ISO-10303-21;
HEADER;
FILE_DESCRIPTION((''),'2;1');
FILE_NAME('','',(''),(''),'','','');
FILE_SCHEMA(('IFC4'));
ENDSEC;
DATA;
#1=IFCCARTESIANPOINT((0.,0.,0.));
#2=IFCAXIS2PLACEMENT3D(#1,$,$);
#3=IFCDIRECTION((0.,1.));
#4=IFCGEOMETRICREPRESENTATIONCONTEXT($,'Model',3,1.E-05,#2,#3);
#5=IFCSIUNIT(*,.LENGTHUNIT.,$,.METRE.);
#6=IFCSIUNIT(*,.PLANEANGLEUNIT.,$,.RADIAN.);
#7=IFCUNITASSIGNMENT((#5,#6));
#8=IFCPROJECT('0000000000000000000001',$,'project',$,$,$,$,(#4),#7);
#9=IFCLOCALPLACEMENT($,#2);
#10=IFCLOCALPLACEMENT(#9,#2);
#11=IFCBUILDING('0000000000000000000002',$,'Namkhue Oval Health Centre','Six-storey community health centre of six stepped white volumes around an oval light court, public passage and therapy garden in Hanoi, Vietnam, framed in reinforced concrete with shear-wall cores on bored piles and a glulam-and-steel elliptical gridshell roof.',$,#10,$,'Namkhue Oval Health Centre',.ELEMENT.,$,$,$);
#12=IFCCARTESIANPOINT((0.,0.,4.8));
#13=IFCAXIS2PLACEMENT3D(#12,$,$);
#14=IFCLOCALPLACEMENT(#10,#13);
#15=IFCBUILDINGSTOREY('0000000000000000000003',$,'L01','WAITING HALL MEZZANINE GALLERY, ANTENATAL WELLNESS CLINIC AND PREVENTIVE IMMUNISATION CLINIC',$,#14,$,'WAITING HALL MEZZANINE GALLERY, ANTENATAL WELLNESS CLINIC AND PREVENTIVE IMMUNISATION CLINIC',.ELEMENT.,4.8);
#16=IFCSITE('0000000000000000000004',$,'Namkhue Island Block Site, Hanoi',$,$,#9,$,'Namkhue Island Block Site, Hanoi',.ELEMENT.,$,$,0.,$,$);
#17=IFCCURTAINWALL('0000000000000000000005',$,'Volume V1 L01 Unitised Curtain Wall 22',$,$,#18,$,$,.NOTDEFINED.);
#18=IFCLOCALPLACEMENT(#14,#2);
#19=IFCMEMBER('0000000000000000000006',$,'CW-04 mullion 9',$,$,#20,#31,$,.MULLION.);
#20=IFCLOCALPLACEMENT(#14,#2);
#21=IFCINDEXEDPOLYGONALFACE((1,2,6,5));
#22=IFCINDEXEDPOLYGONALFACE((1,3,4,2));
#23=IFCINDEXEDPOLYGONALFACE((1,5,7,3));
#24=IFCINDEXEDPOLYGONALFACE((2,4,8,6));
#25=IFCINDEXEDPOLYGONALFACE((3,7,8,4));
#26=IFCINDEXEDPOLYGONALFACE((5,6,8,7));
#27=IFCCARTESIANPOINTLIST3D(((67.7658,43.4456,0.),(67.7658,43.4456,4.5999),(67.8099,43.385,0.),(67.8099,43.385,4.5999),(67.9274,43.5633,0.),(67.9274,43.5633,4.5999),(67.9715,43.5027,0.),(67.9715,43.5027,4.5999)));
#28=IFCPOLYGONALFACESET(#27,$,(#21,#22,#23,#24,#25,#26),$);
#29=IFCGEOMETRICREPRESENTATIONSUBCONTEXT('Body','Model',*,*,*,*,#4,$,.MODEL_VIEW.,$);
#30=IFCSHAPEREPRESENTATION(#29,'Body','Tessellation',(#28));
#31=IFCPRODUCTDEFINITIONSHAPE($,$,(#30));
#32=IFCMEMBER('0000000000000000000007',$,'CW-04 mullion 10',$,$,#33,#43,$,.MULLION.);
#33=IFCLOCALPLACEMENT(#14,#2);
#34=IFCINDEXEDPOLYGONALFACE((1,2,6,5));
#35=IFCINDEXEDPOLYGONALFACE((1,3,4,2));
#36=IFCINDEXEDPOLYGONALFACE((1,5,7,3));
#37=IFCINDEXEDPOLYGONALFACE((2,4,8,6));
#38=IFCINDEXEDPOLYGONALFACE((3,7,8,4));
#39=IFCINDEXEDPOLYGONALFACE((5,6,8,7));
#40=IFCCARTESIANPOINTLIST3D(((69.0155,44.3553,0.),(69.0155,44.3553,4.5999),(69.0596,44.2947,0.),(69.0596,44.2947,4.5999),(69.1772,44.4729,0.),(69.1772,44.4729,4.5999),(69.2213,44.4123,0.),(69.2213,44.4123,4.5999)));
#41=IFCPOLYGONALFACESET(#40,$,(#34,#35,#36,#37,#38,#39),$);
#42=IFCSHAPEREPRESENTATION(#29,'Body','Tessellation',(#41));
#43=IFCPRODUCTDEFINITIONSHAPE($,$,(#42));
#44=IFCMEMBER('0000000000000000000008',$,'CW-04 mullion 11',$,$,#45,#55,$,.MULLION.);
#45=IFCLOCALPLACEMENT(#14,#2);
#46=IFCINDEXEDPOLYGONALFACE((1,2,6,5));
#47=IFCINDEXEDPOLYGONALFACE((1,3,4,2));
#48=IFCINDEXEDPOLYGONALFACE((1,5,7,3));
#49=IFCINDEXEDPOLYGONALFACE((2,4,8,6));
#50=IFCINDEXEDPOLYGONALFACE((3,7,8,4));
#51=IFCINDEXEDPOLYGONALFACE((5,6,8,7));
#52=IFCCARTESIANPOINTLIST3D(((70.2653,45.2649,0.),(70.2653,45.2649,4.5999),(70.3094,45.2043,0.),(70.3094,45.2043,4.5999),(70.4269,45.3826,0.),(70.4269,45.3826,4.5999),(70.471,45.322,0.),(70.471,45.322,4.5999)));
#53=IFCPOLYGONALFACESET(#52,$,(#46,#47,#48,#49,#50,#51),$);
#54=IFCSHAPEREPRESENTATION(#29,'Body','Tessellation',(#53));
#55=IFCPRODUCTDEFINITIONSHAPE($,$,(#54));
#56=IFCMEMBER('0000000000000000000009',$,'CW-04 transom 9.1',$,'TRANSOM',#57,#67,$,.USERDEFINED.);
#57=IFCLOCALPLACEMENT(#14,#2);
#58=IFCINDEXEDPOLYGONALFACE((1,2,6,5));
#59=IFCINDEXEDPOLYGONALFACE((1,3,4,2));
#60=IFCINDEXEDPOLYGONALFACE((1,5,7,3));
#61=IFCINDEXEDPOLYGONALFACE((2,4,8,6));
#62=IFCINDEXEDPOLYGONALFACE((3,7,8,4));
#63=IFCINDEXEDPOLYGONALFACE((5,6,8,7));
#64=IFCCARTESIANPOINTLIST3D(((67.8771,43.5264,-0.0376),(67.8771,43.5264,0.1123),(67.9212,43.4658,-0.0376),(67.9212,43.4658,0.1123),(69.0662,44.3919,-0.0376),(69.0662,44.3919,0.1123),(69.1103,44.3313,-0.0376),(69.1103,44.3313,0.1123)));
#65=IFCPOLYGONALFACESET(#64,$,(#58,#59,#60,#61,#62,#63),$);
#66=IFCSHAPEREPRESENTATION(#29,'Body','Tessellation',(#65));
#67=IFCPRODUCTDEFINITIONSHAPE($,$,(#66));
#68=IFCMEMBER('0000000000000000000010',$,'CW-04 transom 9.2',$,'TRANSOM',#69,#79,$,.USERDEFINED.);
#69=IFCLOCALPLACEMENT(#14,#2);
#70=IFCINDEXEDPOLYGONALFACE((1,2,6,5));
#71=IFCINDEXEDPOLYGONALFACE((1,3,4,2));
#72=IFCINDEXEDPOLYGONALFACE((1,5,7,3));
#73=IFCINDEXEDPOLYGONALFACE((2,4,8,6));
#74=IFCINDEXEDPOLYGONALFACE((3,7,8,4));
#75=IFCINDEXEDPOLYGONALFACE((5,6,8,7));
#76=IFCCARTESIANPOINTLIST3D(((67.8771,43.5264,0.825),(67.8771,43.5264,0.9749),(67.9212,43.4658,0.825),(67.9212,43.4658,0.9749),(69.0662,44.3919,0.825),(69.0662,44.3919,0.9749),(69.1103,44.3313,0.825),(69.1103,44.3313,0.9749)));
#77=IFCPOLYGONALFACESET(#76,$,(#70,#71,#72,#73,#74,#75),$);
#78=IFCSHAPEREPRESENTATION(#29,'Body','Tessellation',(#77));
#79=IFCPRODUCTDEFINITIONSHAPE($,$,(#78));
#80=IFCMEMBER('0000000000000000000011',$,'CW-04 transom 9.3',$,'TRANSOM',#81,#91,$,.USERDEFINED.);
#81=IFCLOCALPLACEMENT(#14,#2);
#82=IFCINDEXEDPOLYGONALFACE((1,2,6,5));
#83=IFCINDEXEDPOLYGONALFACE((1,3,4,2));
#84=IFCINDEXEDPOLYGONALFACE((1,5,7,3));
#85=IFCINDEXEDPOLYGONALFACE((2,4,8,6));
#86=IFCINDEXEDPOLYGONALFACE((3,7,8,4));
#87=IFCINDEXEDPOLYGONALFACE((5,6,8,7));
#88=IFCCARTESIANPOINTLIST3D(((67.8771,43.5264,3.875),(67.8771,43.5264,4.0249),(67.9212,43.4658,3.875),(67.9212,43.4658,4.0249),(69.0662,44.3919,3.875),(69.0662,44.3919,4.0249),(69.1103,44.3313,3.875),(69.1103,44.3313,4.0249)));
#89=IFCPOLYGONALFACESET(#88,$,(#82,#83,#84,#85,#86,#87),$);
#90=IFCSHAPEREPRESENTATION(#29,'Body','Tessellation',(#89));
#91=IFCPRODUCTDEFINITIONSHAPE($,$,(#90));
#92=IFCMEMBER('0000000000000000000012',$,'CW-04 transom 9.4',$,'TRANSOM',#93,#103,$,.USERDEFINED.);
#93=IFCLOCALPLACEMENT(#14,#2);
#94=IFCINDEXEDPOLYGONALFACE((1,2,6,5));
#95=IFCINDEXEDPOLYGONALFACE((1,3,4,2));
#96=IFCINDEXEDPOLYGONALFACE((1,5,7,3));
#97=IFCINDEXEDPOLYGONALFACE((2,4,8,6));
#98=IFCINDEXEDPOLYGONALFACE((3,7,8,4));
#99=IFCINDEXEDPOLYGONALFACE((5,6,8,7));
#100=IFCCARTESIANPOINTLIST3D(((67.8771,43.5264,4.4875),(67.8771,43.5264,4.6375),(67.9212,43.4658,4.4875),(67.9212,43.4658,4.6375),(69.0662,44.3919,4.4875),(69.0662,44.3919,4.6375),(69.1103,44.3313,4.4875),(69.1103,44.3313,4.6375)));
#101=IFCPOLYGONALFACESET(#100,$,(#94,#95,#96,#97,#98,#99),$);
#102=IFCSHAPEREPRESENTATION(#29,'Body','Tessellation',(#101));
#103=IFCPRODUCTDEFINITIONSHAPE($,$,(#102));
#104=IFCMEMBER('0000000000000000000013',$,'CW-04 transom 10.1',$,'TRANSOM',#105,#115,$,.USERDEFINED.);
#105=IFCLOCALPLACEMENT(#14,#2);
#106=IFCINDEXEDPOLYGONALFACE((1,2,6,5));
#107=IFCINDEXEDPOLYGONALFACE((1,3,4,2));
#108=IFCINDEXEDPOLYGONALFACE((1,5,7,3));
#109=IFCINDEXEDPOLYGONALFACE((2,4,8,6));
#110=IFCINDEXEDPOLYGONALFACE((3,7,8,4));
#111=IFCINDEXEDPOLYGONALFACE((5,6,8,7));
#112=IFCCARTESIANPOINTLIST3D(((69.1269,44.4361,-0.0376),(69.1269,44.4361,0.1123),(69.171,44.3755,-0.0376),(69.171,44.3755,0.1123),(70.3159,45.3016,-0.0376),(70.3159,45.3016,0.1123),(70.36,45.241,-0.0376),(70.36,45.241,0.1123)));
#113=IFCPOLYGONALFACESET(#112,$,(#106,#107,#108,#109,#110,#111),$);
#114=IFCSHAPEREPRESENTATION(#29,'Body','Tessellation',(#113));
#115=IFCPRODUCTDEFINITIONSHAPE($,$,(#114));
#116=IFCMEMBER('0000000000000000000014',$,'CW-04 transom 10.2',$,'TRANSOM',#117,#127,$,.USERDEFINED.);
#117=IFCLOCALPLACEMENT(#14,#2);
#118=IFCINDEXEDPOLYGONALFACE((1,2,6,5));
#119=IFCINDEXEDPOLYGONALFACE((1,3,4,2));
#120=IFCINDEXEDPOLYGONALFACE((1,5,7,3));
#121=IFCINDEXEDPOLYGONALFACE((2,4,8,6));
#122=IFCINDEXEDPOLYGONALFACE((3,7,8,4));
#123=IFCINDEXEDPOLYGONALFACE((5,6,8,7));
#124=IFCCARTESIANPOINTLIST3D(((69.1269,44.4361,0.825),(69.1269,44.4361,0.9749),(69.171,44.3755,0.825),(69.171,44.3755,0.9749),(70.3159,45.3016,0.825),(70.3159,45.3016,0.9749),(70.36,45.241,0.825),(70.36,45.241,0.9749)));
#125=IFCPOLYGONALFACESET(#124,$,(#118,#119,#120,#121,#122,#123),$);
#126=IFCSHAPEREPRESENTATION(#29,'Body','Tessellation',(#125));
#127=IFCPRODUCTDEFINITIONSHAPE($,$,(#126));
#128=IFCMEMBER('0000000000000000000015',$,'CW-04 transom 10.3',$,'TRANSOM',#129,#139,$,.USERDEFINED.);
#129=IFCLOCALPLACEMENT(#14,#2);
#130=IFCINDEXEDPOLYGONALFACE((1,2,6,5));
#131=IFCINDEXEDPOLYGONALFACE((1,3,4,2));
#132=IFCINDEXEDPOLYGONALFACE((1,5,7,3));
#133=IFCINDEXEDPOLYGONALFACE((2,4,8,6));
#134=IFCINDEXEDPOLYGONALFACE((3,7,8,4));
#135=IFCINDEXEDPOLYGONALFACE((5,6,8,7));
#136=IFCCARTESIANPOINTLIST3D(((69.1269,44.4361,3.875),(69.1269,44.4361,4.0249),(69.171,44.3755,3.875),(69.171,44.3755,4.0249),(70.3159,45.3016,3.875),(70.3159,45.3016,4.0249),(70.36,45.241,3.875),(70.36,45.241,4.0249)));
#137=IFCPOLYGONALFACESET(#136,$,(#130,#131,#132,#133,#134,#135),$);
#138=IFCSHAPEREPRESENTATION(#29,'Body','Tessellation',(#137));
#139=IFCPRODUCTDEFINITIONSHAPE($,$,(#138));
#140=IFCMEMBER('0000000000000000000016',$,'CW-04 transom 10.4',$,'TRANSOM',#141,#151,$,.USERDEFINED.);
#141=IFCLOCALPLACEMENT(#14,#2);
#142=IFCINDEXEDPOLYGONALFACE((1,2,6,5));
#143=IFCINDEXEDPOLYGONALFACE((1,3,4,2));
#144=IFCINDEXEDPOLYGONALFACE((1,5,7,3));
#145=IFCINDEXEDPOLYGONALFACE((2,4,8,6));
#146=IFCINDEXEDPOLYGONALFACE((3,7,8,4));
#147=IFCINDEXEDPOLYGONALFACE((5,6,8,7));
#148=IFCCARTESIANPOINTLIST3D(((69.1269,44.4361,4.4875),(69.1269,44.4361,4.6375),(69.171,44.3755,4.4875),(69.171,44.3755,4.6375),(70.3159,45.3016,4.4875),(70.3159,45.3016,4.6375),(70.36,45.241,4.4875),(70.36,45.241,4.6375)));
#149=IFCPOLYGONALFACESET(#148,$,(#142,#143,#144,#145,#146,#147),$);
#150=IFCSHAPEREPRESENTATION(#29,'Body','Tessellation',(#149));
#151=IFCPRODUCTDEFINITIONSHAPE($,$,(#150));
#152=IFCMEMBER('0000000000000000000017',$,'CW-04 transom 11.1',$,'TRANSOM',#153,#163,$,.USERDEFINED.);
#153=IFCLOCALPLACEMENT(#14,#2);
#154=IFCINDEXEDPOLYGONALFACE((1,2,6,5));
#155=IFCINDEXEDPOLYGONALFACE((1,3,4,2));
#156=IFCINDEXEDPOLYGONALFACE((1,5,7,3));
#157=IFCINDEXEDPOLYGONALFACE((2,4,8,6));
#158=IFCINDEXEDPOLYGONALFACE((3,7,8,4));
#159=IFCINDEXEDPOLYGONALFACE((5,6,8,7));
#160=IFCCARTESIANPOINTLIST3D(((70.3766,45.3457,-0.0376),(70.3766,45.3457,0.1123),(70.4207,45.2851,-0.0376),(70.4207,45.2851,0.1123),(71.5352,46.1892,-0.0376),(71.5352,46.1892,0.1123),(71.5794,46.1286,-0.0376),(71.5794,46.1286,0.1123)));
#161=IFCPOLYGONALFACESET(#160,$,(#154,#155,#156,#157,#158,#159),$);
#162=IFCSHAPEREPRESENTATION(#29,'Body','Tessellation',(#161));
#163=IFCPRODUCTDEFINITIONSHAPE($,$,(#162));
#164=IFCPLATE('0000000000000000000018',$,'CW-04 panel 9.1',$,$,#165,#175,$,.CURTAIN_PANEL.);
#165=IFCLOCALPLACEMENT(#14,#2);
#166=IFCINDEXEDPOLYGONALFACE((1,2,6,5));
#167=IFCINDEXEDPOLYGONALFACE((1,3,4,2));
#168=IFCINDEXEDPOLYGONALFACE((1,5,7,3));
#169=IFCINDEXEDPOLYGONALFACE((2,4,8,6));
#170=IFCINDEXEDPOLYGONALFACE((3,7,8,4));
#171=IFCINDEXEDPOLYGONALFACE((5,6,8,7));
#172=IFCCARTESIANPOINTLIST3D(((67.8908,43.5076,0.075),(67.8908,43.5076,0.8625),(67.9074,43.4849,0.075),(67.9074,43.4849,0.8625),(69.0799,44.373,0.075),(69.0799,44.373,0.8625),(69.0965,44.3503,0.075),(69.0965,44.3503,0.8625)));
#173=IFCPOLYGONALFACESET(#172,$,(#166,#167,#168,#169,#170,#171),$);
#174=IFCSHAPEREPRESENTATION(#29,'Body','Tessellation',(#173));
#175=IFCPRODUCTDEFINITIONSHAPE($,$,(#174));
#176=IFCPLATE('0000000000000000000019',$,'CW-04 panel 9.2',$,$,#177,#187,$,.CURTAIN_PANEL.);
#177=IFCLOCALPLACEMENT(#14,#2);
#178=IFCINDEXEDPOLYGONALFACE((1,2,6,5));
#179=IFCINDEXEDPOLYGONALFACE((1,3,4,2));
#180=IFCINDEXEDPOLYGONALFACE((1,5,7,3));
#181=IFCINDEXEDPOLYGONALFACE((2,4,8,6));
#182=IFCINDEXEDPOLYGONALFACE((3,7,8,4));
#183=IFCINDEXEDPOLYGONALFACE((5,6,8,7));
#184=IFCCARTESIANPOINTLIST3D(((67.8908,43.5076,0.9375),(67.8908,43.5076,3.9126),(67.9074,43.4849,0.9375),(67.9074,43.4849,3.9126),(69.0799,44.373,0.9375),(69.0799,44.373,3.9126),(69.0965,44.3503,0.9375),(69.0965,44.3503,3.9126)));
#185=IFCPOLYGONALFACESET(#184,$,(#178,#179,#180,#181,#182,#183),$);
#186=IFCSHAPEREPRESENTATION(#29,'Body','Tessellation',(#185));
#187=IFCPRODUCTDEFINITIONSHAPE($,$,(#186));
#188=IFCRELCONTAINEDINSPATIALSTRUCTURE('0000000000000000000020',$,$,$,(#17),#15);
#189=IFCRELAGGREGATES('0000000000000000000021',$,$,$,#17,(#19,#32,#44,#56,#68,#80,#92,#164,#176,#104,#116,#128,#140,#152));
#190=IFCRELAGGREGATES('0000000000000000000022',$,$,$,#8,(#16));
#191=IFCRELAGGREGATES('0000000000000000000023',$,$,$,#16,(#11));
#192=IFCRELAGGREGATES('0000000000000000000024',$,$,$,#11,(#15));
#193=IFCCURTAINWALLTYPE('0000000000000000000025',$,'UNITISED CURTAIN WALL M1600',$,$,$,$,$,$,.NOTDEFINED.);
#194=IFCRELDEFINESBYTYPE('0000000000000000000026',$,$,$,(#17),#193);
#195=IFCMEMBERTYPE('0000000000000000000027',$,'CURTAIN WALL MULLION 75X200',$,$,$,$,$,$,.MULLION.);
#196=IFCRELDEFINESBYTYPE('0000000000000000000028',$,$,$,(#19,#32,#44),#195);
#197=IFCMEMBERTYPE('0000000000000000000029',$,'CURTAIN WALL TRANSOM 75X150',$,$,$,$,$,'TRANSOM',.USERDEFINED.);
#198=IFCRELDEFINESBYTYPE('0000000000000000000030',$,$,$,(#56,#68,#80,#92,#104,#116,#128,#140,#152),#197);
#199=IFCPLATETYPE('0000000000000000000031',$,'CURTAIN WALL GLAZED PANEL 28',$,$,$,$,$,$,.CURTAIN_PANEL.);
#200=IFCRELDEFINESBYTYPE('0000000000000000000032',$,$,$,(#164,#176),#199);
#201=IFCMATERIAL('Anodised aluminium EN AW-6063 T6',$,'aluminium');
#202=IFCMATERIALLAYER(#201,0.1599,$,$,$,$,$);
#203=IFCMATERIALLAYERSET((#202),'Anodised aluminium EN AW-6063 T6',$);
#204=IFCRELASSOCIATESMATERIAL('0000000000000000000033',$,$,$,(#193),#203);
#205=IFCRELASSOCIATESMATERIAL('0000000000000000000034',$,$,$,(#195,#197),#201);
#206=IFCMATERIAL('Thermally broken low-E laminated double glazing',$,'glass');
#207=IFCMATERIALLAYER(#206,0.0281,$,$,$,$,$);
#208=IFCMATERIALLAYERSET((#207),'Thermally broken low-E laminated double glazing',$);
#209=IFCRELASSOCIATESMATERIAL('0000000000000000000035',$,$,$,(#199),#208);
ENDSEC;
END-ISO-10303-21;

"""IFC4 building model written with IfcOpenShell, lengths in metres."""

from ifc_helpers import new_model, si_unit, direction, frame, origin, origin_2d, place, context, subcontext, project, spatial, rectangle, extrude, material, layer, layer_set, material_profile, profile_set, type_object, element, aggregate, save


model = new_model("IFC4")

# Units and contexts
model_context = context("Model", 3, precision=1e-05, world=origin(), true_north=direction((0.0, 1.0)))
body_context = subcontext(model_context, "Body", "Model", "MODEL_VIEW")
ifc_project = project(units=[si_unit("LENGTHUNIT", "METRE"), si_unit("PLANEANGLEUNIT", "RADIAN")], contexts=[model_context])

# Site, building, storey
site_placement = place(None, origin())
site = spatial("IfcSite", under=ifc_project, at=site_placement, Name="Namkhue Island Block Site, Hanoi", LongName="Namkhue Island Block Site, Hanoi", CompositionType="ELEMENT", RefElevation=0.0)
building_placement = place(site_placement, origin())
building = spatial("IfcBuilding", under=site, at=building_placement, Name="Namkhue Oval Health Centre", Description="Six-storey community health centre of six stepped white volumes around an oval light court, public passage and therapy garden in Hanoi, Vietnam, framed in reinforced concrete with shear-wall cores on bored piles and a glulam-and-steel elliptical gridshell roof.", LongName="Namkhue Oval Health Centre", CompositionType="ELEMENT")
storey_placement = place(building_placement, frame((0.0, 0.0, 4.8)))
storey = spatial("IfcBuildingStorey", under=building, at=storey_placement, Name="L01", Description="WAITING HALL MEZZANINE GALLERY, ANTENATAL WELLNESS CLINIC AND PREVENTIVE IMMUNISATION CLINIC", LongName="WAITING HALL MEZZANINE GALLERY, ANTENATAL WELLNESS CLINIC AND PREVENTIVE IMMUNISATION CLINIC", CompositionType="ELEMENT", Elevation=4.8)

# Curtain wall, members, plates
ifc_material_1 = material(Name="Anodised aluminium EN AW-6063 T6", Category="aluminium")
ifc_layer_1 = layer(ifc_material_1, 0.1599)
ifc_layer_set_1 = layer_set([ifc_layer_1], Name="Anodised aluminium EN AW-6063 T6")
curtain_wall_type = type_object("IfcCurtainWallType", Name="UNITISED CURTAIN WALL M1600", PredefinedType="NOTDEFINED", material=ifc_layer_set_1)
curtain_wall_placement = place(storey_placement, origin())
curtain_wall = element("IfcCurtainWall", 1, at=curtain_wall_placement, inside=storey, type_object=curtain_wall_type, Name="Volume V1 L01 Unitised Curtain Wall 22", PredefinedType="NOTDEFINED")
ifc_material_profile_1 = material_profile(ifc_material_1, rectangle(XDim=0.075, YDim=0.2, at=origin_2d()), Name="ALU 75x200")
ifc_profile_set_1 = profile_set([ifc_material_profile_1], Name="Anodised aluminium EN AW-6063 T6")
member_type_1 = type_object("IfcMemberType", Name="CURTAIN WALL MULLION 75X200", PredefinedType="MULLION", material=ifc_profile_set_1)
member_1_placement = place(storey_placement, frame((67.8687, 43.4741, 0.0), z_axis=(0.0, 0.0, 1.0), x_axis=(-0.588477, 0.808514, 0.0)))
member_1 = element("IfcMember", 2, at=member_1_placement, type_object=member_type_1, Name="CW-04 mullion 9", PredefinedType="MULLION", context=body_context, shape_type="SweptSolid", body=[
    extrude(rectangle(XDim=0.075, YDim=0.2, at=origin_2d()), origin(), (0.0, 0.0, 1.0), 4.5999),
])
member_2_placement = place(storey_placement, frame((69.1184, 44.3838, 0.0), z_axis=(0.0, 0.0, 1.0), x_axis=(-0.588477, 0.808514, 0.0)))
member_2 = element("IfcMember", 3, at=member_2_placement, type_object=member_type_1, Name="CW-04 mullion 10", PredefinedType="MULLION", context=body_context, shape_type="SweptSolid", body=[
    extrude(rectangle(XDim=0.075, YDim=0.2, at=origin_2d()), origin(), (0.0, 0.0, 1.0), 4.5999),
])
member_3_placement = place(storey_placement, frame((70.3682, 45.2935, 0.0), z_axis=(0.0, 0.0, 1.0), x_axis=(-0.588477, 0.808514, 0.0)))
member_3 = element("IfcMember", 4, at=member_3_placement, type_object=member_type_1, Name="CW-04 mullion 11", PredefinedType="MULLION", context=body_context, shape_type="SweptSolid", body=[
    extrude(rectangle(XDim=0.075, YDim=0.2, at=origin_2d()), origin(), (0.0, 0.0, 1.0), 4.5999),
])
ifc_material_profile_2 = material_profile(ifc_material_1, rectangle(XDim=0.075, YDim=0.1499, at=origin_2d()), Name="ALU 75x150")
ifc_profile_set_2 = profile_set([ifc_material_profile_2], Name="Anodised aluminium EN AW-6063 T6")
member_type_2 = type_object("IfcMemberType", Name="CURTAIN WALL TRANSOM 75X150", ElementType="TRANSOM", PredefinedType="USERDEFINED", material=ifc_profile_set_2)
member_4_placement = place(storey_placement, frame((67.8992, 43.4961, 0.0374), z_axis=(0.808485, 0.588517, 0.0), x_axis=(-0.588517, 0.808485, 0.0)))
member_4 = element("IfcMember", 5, at=member_4_placement, type_object=member_type_2, Name="CW-04 transom 9.1", ObjectType="TRANSOM", PredefinedType="USERDEFINED", context=body_context, shape_type="SweptSolid", body=[
    extrude(rectangle(XDim=0.075, YDim=0.1499, at=origin_2d()), origin(), (0.0, 0.0, 1.0), 1.4707),
])
member_5_placement = place(storey_placement, frame((67.8992, 43.4961, 0.8999), z_axis=(0.808485, 0.588517, 0.0), x_axis=(-0.588517, 0.808485, 0.0)))
member_5 = element("IfcMember", 6, at=member_5_placement, type_object=member_type_2, Name="CW-04 transom 9.2", ObjectType="TRANSOM", PredefinedType="USERDEFINED", context=body_context, shape_type="SweptSolid", body=[
    extrude(rectangle(XDim=0.075, YDim=0.1499, at=origin_2d()), origin(), (0.0, 0.0, 1.0), 1.4707),
])
member_6_placement = place(storey_placement, frame((67.8992, 43.4961, 3.95), z_axis=(0.808485, 0.588517, 0.0), x_axis=(-0.588517, 0.808485, 0.0)))
member_6 = element("IfcMember", 7, at=member_6_placement, type_object=member_type_2, Name="CW-04 transom 9.3", ObjectType="TRANSOM", PredefinedType="USERDEFINED", context=body_context, shape_type="SweptSolid", body=[
    extrude(rectangle(XDim=0.075, YDim=0.1499, at=origin_2d()), origin(), (0.0, 0.0, 1.0), 1.4707),
])
member_7_placement = place(storey_placement, frame((67.8992, 43.4961, 4.5625), z_axis=(0.808485, 0.588517, 0.0), x_axis=(-0.588517, 0.808485, 0.0)))
member_7 = element("IfcMember", 8, at=member_7_placement, type_object=member_type_2, Name="CW-04 transom 9.4", ObjectType="TRANSOM", PredefinedType="USERDEFINED", context=body_context, shape_type="SweptSolid", body=[
    extrude(rectangle(XDim=0.075, YDim=0.1499, at=origin_2d()), origin(), (0.0, 0.0, 1.0), 1.4707),
])
member_8_placement = place(storey_placement, frame((69.1489, 44.4058, 0.0374), z_axis=(0.808485, 0.588517, 0.0), x_axis=(-0.588517, 0.808485, 0.0)))
member_8 = element("IfcMember", 9, at=member_8_placement, type_object=member_type_2, Name="CW-04 transom 10.1", ObjectType="TRANSOM", PredefinedType="USERDEFINED", context=body_context, shape_type="SweptSolid", body=[
    extrude(rectangle(XDim=0.075, YDim=0.1499, at=origin_2d()), origin(), (0.0, 0.0, 1.0), 1.4707),
])
member_9_placement = place(storey_placement, frame((69.1489, 44.4058, 0.8999), z_axis=(0.808485, 0.588517, 0.0), x_axis=(-0.588517, 0.808485, 0.0)))
member_9 = element("IfcMember", 10, at=member_9_placement, type_object=member_type_2, Name="CW-04 transom 10.2", ObjectType="TRANSOM", PredefinedType="USERDEFINED", context=body_context, shape_type="SweptSolid", body=[
    extrude(rectangle(XDim=0.075, YDim=0.1499, at=origin_2d()), origin(), (0.0, 0.0, 1.0), 1.4707),
])
member_10_placement = place(storey_placement, frame((69.1489, 44.4058, 3.95), z_axis=(0.808485, 0.588517, 0.0), x_axis=(-0.588517, 0.808485, 0.0)))
member_10 = element("IfcMember", 11, at=member_10_placement, type_object=member_type_2, Name="CW-04 transom 10.3", ObjectType="TRANSOM", PredefinedType="USERDEFINED", context=body_context, shape_type="SweptSolid", body=[
    extrude(rectangle(XDim=0.075, YDim=0.1499, at=origin_2d()), origin(), (0.0, 0.0, 1.0), 1.4707),
])
member_11_placement = place(storey_placement, frame((69.1489, 44.4058, 4.5625), z_axis=(0.808485, 0.588517, 0.0), x_axis=(-0.588517, 0.808485, 0.0)))
member_11 = element("IfcMember", 12, at=member_11_placement, type_object=member_type_2, Name="CW-04 transom 10.4", ObjectType="TRANSOM", PredefinedType="USERDEFINED", context=body_context, shape_type="SweptSolid", body=[
    extrude(rectangle(XDim=0.075, YDim=0.1499, at=origin_2d()), origin(), (0.0, 0.0, 1.0), 1.4707),
])
member_12_placement = place(storey_placement, frame((70.3987, 45.3154, 0.0374), z_axis=(0.808463, 0.588546, 0.0), x_axis=(-0.588546, 0.808463, 0.0)))
member_12 = element("IfcMember", 13, at=member_12_placement, type_object=member_type_2, Name="CW-04 transom 11.1", ObjectType="TRANSOM", PredefinedType="USERDEFINED", context=body_context, shape_type="SweptSolid", body=[
    extrude(rectangle(XDim=0.075, YDim=0.1499, at=origin_2d()), origin(), (0.0, 0.0, 1.0), 1.4331),
])
ifc_material_2 = material(Name="Thermally broken low-E laminated double glazing", Category="glass")
ifc_layer_2 = layer(ifc_material_2, 0.0281)
ifc_layer_set_2 = layer_set([ifc_layer_2], Name="Thermally broken low-E laminated double glazing")
plate_type = type_object("IfcPlateType", Name="CURTAIN WALL GLAZED PANEL 28", PredefinedType="CURTAIN_PANEL", material=ifc_layer_set_2)
plate_1_placement = place(storey_placement, frame((68.4937, 43.929, 0.075), z_axis=(0.0, 0.0, 1.0), x_axis=(0.808514, 0.588477, 0.0)))
plate_1 = element("IfcPlate", 14, at=plate_1_placement, type_object=plate_type, Name="CW-04 panel 9.1", PredefinedType="CURTAIN_PANEL", context=body_context, shape_type="SweptSolid", body=[
    extrude(rectangle(XDim=1.4707, YDim=0.0281, at=origin_2d()), origin(), (0.0, 0.0, 1.0), 0.7876),
])
plate_2_placement = place(storey_placement, frame((68.4937, 43.929, 0.9375), z_axis=(0.0, 0.0, 1.0), x_axis=(0.808514, 0.588477, 0.0)))
plate_2 = element("IfcPlate", 15, at=plate_2_placement, type_object=plate_type, Name="CW-04 panel 9.2", PredefinedType="CURTAIN_PANEL", context=body_context, shape_type="SweptSolid", body=[
    extrude(rectangle(XDim=1.4707, YDim=0.0281, at=origin_2d()), origin(), (0.0, 0.0, 1.0), 2.9751),
])
aggregate(curtain_wall, [member_1, member_2, member_3, member_4, member_5, member_6, member_7, plate_1, plate_2, member_8, member_9, member_10, member_11, member_12])

save(model, "model.ifc")
